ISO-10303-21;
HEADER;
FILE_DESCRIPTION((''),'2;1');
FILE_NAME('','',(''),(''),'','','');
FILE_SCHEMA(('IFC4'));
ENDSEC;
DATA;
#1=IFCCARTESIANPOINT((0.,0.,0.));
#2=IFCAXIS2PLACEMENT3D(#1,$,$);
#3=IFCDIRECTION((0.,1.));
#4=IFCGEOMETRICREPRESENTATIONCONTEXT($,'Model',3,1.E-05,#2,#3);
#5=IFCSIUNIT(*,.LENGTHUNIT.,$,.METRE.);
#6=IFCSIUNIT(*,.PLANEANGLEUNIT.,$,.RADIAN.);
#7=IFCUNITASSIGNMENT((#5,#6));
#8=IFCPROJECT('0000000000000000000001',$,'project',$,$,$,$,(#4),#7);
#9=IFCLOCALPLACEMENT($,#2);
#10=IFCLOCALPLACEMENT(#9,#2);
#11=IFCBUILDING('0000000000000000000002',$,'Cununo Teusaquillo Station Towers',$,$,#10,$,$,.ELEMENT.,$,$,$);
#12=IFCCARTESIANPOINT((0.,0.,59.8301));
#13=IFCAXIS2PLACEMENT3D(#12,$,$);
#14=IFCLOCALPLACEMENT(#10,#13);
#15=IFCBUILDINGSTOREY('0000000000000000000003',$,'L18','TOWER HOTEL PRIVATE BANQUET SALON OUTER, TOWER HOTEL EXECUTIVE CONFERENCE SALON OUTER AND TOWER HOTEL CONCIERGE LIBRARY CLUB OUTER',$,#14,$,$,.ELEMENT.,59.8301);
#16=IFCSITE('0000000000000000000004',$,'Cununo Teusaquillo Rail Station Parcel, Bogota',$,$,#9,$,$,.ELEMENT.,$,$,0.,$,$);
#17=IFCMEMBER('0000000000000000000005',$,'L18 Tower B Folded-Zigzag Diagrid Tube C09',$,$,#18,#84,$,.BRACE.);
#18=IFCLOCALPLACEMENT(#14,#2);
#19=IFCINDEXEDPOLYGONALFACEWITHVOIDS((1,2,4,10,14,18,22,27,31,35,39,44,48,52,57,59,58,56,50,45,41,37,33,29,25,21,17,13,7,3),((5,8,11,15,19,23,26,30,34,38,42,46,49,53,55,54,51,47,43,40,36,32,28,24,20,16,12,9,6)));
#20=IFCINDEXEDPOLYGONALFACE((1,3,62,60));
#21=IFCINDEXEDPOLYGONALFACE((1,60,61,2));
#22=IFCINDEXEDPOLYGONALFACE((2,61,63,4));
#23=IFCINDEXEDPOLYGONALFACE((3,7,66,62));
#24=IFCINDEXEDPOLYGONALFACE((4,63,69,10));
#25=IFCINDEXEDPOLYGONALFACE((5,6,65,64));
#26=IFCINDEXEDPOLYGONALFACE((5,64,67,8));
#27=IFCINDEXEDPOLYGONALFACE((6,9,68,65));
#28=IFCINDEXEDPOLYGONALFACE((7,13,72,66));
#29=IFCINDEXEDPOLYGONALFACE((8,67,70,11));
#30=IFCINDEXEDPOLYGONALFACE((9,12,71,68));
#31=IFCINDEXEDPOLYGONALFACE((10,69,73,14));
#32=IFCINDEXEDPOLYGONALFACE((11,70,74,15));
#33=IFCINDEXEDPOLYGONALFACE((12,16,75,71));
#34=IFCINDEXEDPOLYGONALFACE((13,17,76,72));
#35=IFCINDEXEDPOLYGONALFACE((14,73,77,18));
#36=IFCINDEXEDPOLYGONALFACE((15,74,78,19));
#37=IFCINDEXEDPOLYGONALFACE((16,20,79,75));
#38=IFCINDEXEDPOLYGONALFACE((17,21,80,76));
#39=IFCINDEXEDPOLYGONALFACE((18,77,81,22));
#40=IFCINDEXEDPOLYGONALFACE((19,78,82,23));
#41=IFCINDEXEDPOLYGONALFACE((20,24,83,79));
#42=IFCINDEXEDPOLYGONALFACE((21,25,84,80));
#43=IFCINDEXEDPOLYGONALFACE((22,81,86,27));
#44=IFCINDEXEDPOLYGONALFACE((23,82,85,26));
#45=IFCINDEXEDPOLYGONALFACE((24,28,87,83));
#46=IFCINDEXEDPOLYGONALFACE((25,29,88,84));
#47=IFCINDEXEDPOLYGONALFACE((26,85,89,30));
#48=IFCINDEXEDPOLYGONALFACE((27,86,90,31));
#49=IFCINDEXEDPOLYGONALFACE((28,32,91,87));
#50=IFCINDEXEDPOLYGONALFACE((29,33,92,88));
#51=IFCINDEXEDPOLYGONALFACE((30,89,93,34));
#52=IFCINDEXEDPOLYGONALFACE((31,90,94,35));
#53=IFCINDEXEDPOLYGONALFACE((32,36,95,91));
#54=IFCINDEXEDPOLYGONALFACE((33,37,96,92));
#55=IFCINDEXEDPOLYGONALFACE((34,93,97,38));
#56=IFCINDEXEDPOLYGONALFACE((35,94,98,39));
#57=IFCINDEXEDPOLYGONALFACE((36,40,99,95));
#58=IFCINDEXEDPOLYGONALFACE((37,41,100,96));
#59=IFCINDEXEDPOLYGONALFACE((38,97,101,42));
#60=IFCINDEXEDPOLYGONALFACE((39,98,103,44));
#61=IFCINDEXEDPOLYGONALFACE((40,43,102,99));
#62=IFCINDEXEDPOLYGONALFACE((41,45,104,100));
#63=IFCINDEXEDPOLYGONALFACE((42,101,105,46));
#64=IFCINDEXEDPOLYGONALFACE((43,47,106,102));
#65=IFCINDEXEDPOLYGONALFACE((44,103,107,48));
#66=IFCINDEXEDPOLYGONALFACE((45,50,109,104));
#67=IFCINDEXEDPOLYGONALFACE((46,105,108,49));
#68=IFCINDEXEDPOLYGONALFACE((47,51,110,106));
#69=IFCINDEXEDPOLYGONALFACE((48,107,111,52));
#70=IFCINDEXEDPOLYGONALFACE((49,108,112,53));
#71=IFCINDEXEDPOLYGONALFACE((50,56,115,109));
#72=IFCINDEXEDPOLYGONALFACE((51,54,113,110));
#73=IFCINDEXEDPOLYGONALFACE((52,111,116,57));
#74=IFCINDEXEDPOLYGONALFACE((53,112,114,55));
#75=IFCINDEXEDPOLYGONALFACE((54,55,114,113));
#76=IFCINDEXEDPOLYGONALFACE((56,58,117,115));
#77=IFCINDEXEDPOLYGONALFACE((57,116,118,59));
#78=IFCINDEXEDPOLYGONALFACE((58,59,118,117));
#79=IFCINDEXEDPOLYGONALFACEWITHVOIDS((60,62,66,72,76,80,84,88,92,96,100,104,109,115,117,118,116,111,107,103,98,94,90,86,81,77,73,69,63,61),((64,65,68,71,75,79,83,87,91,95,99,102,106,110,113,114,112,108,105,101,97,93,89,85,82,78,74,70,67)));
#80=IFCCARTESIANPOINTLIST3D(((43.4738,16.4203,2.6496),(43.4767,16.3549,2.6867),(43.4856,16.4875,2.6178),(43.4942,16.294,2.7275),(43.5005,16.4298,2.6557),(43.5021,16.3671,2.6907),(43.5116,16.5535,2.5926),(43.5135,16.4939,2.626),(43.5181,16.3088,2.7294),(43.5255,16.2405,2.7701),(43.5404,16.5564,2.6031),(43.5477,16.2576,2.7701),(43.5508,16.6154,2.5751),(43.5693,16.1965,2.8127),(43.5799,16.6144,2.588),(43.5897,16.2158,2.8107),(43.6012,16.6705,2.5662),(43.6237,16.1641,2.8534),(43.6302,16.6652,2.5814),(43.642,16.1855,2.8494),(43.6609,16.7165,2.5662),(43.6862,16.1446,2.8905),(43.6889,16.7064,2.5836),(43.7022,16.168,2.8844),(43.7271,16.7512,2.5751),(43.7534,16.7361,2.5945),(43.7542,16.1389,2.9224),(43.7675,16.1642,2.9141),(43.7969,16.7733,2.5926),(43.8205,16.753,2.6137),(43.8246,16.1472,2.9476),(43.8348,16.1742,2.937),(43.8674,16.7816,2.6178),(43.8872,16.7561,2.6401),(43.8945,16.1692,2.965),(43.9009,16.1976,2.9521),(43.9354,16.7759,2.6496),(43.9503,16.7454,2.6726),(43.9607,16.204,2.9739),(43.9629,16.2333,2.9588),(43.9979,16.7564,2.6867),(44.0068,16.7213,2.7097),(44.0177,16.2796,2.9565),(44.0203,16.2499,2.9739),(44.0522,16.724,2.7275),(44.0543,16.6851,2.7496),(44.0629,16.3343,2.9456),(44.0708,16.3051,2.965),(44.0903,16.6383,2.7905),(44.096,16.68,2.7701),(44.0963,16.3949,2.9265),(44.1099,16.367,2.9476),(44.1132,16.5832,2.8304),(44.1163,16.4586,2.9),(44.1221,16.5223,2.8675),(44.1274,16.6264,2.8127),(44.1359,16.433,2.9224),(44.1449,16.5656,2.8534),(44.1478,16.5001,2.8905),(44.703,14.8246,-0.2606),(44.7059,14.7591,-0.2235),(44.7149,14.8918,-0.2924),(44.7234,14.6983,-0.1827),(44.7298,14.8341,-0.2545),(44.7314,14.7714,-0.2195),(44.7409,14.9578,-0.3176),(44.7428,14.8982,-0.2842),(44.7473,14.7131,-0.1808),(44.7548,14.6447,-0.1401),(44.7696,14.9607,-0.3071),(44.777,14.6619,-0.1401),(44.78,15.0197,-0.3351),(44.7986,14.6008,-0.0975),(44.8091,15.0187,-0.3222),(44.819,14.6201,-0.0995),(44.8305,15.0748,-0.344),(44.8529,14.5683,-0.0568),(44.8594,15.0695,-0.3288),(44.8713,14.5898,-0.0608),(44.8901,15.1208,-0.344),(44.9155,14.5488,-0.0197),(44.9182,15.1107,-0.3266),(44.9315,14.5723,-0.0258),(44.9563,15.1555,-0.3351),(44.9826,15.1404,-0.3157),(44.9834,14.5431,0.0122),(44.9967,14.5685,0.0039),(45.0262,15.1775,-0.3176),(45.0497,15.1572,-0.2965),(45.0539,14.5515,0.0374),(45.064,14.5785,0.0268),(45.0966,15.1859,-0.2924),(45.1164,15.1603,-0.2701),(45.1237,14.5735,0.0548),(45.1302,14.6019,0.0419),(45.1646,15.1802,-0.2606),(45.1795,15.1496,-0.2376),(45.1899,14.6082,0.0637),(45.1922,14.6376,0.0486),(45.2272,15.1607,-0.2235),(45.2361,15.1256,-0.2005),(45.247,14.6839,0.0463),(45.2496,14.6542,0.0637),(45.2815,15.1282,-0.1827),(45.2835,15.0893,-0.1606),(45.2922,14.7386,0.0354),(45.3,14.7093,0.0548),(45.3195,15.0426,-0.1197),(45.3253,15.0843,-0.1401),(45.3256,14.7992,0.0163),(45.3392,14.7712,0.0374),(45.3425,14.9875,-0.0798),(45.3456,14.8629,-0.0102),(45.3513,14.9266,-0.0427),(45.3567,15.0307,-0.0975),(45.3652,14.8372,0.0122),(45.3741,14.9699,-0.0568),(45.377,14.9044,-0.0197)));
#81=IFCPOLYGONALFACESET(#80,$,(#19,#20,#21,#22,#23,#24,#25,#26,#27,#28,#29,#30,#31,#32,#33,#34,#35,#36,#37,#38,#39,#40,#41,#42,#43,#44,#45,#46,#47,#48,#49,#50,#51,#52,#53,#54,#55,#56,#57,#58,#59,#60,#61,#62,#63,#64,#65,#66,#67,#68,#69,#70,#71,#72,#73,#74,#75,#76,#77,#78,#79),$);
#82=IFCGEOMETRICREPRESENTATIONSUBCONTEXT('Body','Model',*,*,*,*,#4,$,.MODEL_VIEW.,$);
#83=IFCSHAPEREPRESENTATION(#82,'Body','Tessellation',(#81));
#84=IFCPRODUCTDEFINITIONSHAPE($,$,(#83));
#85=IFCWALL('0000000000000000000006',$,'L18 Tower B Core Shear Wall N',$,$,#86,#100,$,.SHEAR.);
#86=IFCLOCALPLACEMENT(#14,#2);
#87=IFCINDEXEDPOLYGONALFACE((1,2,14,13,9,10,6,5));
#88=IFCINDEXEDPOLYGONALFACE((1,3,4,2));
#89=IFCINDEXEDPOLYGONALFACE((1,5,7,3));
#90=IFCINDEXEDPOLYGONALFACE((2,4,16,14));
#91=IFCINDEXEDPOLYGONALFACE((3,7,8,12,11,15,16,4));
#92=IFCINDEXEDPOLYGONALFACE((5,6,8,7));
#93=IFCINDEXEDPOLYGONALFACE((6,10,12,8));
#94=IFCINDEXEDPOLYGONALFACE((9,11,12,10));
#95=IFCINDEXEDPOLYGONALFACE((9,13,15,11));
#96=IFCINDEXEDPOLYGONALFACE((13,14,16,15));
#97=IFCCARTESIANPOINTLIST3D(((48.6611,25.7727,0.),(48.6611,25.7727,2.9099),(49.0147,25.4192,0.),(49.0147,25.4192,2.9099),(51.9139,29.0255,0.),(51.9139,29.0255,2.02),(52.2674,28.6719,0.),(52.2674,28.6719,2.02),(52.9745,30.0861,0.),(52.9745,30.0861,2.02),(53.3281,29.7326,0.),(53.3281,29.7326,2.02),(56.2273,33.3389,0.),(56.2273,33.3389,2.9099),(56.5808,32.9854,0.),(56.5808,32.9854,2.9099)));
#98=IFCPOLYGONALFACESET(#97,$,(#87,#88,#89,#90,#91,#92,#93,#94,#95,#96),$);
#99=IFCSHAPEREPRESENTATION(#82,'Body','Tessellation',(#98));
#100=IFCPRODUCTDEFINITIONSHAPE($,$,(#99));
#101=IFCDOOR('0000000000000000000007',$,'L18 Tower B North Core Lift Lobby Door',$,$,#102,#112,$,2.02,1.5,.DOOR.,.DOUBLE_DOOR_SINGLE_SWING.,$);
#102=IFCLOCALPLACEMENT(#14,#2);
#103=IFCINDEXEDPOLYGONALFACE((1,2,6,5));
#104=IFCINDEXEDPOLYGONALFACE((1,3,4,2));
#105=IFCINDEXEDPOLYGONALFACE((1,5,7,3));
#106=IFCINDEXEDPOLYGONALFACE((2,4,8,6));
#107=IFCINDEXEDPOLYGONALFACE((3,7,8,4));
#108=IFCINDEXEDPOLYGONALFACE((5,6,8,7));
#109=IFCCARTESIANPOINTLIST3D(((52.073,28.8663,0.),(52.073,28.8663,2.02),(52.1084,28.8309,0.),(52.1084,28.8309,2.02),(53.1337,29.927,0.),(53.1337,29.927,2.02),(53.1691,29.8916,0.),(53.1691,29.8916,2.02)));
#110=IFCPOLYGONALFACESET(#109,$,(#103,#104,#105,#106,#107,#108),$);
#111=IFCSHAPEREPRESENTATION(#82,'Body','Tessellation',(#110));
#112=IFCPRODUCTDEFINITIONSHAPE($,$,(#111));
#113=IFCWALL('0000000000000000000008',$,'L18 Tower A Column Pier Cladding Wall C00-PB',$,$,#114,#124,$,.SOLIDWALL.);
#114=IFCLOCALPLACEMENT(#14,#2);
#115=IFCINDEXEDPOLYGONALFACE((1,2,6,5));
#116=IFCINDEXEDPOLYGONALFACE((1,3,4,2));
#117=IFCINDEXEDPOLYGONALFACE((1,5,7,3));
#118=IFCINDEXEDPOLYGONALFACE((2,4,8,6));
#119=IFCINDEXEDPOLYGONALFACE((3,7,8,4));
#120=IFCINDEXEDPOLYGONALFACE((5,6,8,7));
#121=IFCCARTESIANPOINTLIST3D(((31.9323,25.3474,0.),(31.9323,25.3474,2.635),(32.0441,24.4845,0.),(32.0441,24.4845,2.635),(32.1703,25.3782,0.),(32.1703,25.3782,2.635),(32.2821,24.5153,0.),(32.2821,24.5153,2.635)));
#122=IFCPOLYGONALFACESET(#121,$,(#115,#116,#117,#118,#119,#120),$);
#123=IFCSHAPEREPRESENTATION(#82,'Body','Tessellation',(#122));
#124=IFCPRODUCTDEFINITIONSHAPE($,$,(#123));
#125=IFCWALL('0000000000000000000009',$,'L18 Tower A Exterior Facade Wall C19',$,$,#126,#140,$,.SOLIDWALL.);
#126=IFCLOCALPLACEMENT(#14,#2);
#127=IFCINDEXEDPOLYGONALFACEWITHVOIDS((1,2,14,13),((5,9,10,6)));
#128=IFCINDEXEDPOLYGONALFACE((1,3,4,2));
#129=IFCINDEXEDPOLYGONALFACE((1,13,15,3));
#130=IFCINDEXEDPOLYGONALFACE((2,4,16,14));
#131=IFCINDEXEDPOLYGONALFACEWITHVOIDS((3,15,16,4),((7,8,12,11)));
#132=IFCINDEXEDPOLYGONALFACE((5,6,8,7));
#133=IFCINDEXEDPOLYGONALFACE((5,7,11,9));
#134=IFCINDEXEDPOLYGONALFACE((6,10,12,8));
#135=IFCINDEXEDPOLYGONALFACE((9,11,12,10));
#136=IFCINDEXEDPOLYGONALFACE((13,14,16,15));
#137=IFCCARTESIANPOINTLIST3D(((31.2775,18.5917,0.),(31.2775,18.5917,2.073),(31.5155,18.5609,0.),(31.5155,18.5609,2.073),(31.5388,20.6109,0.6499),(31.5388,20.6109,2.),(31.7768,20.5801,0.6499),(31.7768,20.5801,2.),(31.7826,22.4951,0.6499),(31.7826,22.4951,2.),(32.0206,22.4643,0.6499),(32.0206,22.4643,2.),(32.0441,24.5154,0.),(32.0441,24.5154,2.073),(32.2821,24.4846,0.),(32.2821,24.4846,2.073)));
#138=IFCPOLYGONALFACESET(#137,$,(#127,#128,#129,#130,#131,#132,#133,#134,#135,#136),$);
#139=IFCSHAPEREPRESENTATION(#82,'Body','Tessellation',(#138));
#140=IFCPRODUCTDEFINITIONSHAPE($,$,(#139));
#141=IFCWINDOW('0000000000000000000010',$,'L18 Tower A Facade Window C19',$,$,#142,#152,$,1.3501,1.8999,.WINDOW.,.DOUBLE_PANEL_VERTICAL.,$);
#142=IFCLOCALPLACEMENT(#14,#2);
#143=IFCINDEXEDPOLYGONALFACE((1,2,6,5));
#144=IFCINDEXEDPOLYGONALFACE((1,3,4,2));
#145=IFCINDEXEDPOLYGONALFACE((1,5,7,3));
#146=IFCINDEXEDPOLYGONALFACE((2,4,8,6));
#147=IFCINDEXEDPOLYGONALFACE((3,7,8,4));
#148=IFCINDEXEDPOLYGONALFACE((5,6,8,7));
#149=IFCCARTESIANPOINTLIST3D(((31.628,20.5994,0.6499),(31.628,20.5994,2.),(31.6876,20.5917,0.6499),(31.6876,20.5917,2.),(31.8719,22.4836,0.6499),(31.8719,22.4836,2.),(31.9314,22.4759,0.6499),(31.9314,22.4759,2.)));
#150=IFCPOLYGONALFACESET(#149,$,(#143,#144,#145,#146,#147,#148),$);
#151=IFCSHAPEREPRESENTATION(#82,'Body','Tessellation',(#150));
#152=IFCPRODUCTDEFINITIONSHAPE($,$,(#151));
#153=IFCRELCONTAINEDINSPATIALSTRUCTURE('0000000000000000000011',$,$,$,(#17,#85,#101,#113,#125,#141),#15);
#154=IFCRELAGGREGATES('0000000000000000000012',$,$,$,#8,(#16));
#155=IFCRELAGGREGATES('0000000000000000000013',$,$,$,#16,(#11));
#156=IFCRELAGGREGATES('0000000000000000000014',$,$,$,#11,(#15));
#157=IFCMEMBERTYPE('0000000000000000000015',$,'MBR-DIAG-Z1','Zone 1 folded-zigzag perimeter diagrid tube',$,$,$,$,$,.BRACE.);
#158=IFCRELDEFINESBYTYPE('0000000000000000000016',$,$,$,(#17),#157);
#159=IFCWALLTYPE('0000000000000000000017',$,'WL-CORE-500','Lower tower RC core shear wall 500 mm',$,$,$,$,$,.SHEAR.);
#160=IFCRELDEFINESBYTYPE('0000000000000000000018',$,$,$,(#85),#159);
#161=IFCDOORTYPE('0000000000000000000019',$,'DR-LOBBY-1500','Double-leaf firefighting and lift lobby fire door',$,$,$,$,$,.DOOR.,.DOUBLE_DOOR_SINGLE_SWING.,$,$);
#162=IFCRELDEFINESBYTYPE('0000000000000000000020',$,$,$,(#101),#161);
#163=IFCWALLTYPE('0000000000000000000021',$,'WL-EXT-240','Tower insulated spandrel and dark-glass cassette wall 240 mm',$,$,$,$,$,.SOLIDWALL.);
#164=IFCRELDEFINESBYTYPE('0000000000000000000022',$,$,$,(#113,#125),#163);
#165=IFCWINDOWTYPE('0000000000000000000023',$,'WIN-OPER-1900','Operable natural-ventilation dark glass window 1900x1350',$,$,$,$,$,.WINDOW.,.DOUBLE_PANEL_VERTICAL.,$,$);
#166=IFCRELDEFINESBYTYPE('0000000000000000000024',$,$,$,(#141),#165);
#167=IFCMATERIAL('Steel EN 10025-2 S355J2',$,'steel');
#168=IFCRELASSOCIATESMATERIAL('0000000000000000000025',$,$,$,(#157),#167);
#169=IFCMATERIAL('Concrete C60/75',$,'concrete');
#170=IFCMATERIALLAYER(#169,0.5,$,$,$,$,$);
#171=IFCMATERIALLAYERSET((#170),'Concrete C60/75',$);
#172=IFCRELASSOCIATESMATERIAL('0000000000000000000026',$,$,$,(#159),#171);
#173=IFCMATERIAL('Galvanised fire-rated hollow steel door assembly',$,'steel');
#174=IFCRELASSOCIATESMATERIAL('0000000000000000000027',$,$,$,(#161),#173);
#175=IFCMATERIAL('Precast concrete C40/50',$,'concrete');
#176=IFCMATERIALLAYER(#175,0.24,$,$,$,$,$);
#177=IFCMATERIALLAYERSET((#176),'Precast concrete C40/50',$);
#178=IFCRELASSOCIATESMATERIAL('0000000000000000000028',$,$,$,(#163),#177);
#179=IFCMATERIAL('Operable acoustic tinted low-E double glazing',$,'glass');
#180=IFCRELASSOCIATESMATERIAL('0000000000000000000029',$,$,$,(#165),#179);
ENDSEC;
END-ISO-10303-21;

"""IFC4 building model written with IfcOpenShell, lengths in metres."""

from ifc_helpers import new_model, si_unit, direction, frame, frame_2d, origin, origin_2d, place, context, subcontext, project, spatial, rectangle, hollow_circle, extrude, source, transform, mapped, material, layer, layer_set, material_profile, profile_set, type_object, element, fill, save


model = new_model("IFC4")

# Units and contexts
model_context = context("Model", 3, precision=1e-05, world=origin(), true_north=direction((0.0, 1.0)))
body_context = subcontext(model_context, "Body", "Model", "MODEL_VIEW")
ifc_project = project(units=[si_unit("LENGTHUNIT", "METRE"), si_unit("PLANEANGLEUNIT", "RADIAN")], contexts=[model_context])

# Site, building, storey
site_placement = place(None, origin())
site = spatial("IfcSite", under=ifc_project, at=site_placement, Name="Cununo Teusaquillo Rail Station Parcel, Bogota", CompositionType="ELEMENT", RefElevation=0.0)
building_placement = place(site_placement, origin())
building = spatial("IfcBuilding", under=site, at=building_placement, Name="Cununo Teusaquillo Station Towers", CompositionType="ELEMENT")
storey_placement = place(building_placement, frame((0.0, 0.0, 59.8301)))
storey = spatial("IfcBuildingStorey", under=building, at=storey_placement, Name="L18", Description="TOWER HOTEL PRIVATE BANQUET SALON OUTER, TOWER HOTEL EXECUTIVE CONFERENCE SALON OUTER AND TOWER HOTEL CONCIERGE LIBRARY CLUB OUTER", CompositionType="ELEMENT", Elevation=59.8301)

# Member
ifc_material_1 = material(Name="Steel EN 10025-2 S355J2", Category="steel")
ifc_material_profile_1 = material_profile(ifc_material_1, hollow_circle(Radius=0.3601, WallThickness=0.0281, at=origin_2d()), Name="CHS 720x28")
ifc_profile_set_1 = profile_set([ifc_material_profile_1], Name="Steel EN 10025-2 S355J2")
member_type_1 = type_object("IfcMemberType", Name="MBR-DIAG-Z1", Description="Zone 1 folded-zigzag perimeter diagrid tube", PredefinedType="BRACE", material=ifc_profile_set_1)
member_1_placement = place(storey_placement, frame((45.04, 14.8645, -0.1401), z_axis=(-0.347318, 0.450858, 0.822251), x_axis=(-0.792196, -0.610267, 0.0)))
element("IfcMember", 1, at=member_1_placement, inside=storey, type_object=member_type_1, Name="L18 Tower B Folded-Zigzag Diagrid Tube C09", PredefinedType="BRACE", context=body_context, shape_type="SweptSolid", body=[
    extrude(hollow_circle(Radius=0.3601, WallThickness=0.0281, at=origin_2d()), origin(), (0.0, 0.0, 1.0), 3.5393),
])

# Wall, opening, door
ifc_material_2 = material(Name="Concrete C60/75", Category="concrete")
ifc_layer_1 = layer(ifc_material_2, 0.5)
ifc_layer_set_1 = layer_set([ifc_layer_1], Name="Concrete C60/75")
wall_type_1 = type_object("IfcWallType", Name="WL-CORE-500", Description="Lower tower RC core shear wall 500 mm", PredefinedType="SHEAR", material=ifc_layer_set_1)
wall_1_placement = place(storey_placement, frame((48.8379, 25.5959, 0.0), z_axis=(0.0, 0.0, 1.0), x_axis=(0.707107, 0.707107, 0.0)))
wall_1 = element("IfcWall", 2, at=wall_1_placement, inside=storey, type_object=wall_type_1, Name="L18 Tower B Core Shear Wall N", PredefinedType="SHEAR", context=body_context, shape_type="SweptSolid", body=[
    extrude(rectangle(XDim=10.7002, YDim=0.5, at=frame_2d((5.3501, 0.0))), origin(), (0.0, 0.0, 1.0), 2.9099),
])
shared_shape_1 = source(origin(), body_context, "Body", "SweptSolid", [
    extrude(rectangle(XDim=1.5, YDim=2.02, at=frame_2d((0.75, 1.01))), frame((0.0, 0.26, 0.0), z_axis=(0.0, -1.0, 0.0), x_axis=(1.0, 0.0, 0.0)), (0.0, 0.0, 1.0), 0.52),
])
opening_1_placement = place(wall_1_placement, frame((4.6001, 0.0, 0.0)))
opening_1 = element("IfcOpeningElement", 3, at=opening_1_placement, cuts=wall_1, PredefinedType="OPENING", context=body_context, shape_type="MappedRepresentation", body=[
    mapped(shared_shape_1, transform((0.0, 0.0, 0.0), x_axis=(1.0, 0.0, 0.0), y_axis=(0.0, 1.0, 0.0), z_axis=(0.0, 0.0, 1.0), scale=1.0)),
])
ifc_material_3 = material(Name="Galvanised fire-rated hollow steel door assembly", Category="steel")
door_type_1 = type_object("IfcDoorType", Name="DR-LOBBY-1500", Description="Double-leaf firefighting and lift lobby fire door", OperationType="DOUBLE_DOOR_SINGLE_SWING", PredefinedType="DOOR", material=ifc_material_3)
shared_shape_2 = source(origin(), body_context, "Body", "SweptSolid", [
    extrude(rectangle(XDim=1.5, YDim=2.02, at=frame_2d((0.75, 1.01))), frame((0.0, 0.0249, 0.0), z_axis=(0.0, -1.0, 0.0), x_axis=(1.0, 0.0, 0.0)), (0.0, 0.0, 1.0), 0.05),
])
door_1_placement = place(opening_1_placement, origin())
door_1 = element("IfcDoor", 4, at=door_1_placement, inside=storey, type_object=door_type_1, Name="L18 Tower B North Core Lift Lobby Door", OperationType="DOUBLE_DOOR_SINGLE_SWING", OverallHeight=2.02, OverallWidth=1.5, PredefinedType="DOOR", context=body_context, shape_type="MappedRepresentation", body=[
    mapped(shared_shape_2, transform((0.0, 0.0, 0.0), x_axis=(1.0, 0.0, 0.0), y_axis=(0.0, 1.0, 0.0), z_axis=(0.0, 0.0, 1.0), scale=1.0)),
])
fill(opening_1, door_1)

# Wall
ifc_material_4 = material(Name="Precast concrete C40/50", Category="concrete")
ifc_layer_2 = layer(ifc_material_4, 0.24)
ifc_layer_set_2 = layer_set([ifc_layer_2], Name="Precast concrete C40/50")
wall_type_2 = type_object("IfcWallType", Name="WL-EXT-240", Description="Tower insulated spandrel and dark-glass cassette wall 240 mm", PredefinedType="SOLIDWALL", material=ifc_layer_set_2)
wall_2_placement = place(storey_placement, frame((32.0513, 25.3628, 0.0), z_axis=(0.0, 0.0, 1.0), x_axis=(0.128523, -0.991706, 0.0)))
element("IfcWall", 5, at=wall_2_placement, inside=storey, type_object=wall_type_2, Name="L18 Tower A Column Pier Cladding Wall C00-PB", PredefinedType="SOLIDWALL", context=body_context, shape_type="SweptSolid", body=[
    extrude(rectangle(XDim=0.8701, YDim=0.24, at=frame_2d((0.4351, 0.0))), origin(), (0.0, 0.0, 1.0), 2.635),
])

# Wall, opening, window
wall_3_placement = place(storey_placement, frame((32.1631, 24.5, 0.0), z_axis=(0.0, 0.0, 1.0), x_axis=(-0.12834, -0.99173, 0.0)))
wall_3 = element("IfcWall", 6, at=wall_3_placement, inside=storey, type_object=wall_type_2, Name="L18 Tower A Exterior Facade Wall C19", PredefinedType="SOLIDWALL", context=body_context, shape_type="SweptSolid", body=[
    extrude(rectangle(XDim=5.9731, YDim=0.24, at=frame_2d((2.9866, 0.0))), origin(), (0.0, 0.0, 1.0), 2.073),
])
shared_shape_3 = source(origin(), body_context, "Body", "SweptSolid", [
    extrude(rectangle(XDim=1.8999, YDim=1.3501, at=frame_2d((0.95, 0.675))), frame((0.0, 0.1299, 0.0), z_axis=(0.0, -1.0, 0.0), x_axis=(1.0, 0.0, 0.0)), (0.0, 0.0, 1.0), 0.26),
])
opening_2_placement = place(wall_3_placement, frame((2.0371, 0.0, 0.6499)))
opening_2 = element("IfcOpeningElement", 7, at=opening_2_placement, cuts=wall_3, PredefinedType="OPENING", context=body_context, shape_type="MappedRepresentation", body=[
    mapped(shared_shape_3, transform((0.0, 0.0, 0.0), x_axis=(1.0, 0.0, 0.0), y_axis=(0.0, 1.0, 0.0), z_axis=(0.0, 0.0, 1.0), scale=1.0)),
])
ifc_material_5 = material(Name="Operable acoustic tinted low-E double glazing", Category="glass")
window_type = type_object("IfcWindowType", Name="WIN-OPER-1900", Description="Operable natural-ventilation dark glass window 1900x1350", PartitioningType="DOUBLE_PANEL_VERTICAL", PredefinedType="WINDOW", material=ifc_material_5)
shared_shape_4 = source(origin(), body_context, "Body", "SweptSolid", [
    extrude(rectangle(XDim=1.8999, YDim=1.3501, at=frame_2d((0.95, 0.675))), frame((0.0, 0.03, 0.0), z_axis=(0.0, -1.0, 0.0), x_axis=(1.0, 0.0, 0.0)), (0.0, 0.0, 1.0), 0.0601),
])
window_1_placement = place(opening_2_placement, origin())
window_1 = element("IfcWindow", 8, at=window_1_placement, inside=storey, type_object=window_type, Name="L18 Tower A Facade Window C19", OverallHeight=1.3501, OverallWidth=1.8999, PartitioningType="DOUBLE_PANEL_VERTICAL", PredefinedType="WINDOW", context=body_context, shape_type="MappedRepresentation", body=[
    mapped(shared_shape_4, transform((0.0, 0.0, 0.0), x_axis=(1.0, 0.0, 0.0), y_axis=(0.0, 1.0, 0.0), z_axis=(0.0, 0.0, 1.0), scale=1.0)),
])
fill(opening_2, window_1)

save(model, "model.ifc")
